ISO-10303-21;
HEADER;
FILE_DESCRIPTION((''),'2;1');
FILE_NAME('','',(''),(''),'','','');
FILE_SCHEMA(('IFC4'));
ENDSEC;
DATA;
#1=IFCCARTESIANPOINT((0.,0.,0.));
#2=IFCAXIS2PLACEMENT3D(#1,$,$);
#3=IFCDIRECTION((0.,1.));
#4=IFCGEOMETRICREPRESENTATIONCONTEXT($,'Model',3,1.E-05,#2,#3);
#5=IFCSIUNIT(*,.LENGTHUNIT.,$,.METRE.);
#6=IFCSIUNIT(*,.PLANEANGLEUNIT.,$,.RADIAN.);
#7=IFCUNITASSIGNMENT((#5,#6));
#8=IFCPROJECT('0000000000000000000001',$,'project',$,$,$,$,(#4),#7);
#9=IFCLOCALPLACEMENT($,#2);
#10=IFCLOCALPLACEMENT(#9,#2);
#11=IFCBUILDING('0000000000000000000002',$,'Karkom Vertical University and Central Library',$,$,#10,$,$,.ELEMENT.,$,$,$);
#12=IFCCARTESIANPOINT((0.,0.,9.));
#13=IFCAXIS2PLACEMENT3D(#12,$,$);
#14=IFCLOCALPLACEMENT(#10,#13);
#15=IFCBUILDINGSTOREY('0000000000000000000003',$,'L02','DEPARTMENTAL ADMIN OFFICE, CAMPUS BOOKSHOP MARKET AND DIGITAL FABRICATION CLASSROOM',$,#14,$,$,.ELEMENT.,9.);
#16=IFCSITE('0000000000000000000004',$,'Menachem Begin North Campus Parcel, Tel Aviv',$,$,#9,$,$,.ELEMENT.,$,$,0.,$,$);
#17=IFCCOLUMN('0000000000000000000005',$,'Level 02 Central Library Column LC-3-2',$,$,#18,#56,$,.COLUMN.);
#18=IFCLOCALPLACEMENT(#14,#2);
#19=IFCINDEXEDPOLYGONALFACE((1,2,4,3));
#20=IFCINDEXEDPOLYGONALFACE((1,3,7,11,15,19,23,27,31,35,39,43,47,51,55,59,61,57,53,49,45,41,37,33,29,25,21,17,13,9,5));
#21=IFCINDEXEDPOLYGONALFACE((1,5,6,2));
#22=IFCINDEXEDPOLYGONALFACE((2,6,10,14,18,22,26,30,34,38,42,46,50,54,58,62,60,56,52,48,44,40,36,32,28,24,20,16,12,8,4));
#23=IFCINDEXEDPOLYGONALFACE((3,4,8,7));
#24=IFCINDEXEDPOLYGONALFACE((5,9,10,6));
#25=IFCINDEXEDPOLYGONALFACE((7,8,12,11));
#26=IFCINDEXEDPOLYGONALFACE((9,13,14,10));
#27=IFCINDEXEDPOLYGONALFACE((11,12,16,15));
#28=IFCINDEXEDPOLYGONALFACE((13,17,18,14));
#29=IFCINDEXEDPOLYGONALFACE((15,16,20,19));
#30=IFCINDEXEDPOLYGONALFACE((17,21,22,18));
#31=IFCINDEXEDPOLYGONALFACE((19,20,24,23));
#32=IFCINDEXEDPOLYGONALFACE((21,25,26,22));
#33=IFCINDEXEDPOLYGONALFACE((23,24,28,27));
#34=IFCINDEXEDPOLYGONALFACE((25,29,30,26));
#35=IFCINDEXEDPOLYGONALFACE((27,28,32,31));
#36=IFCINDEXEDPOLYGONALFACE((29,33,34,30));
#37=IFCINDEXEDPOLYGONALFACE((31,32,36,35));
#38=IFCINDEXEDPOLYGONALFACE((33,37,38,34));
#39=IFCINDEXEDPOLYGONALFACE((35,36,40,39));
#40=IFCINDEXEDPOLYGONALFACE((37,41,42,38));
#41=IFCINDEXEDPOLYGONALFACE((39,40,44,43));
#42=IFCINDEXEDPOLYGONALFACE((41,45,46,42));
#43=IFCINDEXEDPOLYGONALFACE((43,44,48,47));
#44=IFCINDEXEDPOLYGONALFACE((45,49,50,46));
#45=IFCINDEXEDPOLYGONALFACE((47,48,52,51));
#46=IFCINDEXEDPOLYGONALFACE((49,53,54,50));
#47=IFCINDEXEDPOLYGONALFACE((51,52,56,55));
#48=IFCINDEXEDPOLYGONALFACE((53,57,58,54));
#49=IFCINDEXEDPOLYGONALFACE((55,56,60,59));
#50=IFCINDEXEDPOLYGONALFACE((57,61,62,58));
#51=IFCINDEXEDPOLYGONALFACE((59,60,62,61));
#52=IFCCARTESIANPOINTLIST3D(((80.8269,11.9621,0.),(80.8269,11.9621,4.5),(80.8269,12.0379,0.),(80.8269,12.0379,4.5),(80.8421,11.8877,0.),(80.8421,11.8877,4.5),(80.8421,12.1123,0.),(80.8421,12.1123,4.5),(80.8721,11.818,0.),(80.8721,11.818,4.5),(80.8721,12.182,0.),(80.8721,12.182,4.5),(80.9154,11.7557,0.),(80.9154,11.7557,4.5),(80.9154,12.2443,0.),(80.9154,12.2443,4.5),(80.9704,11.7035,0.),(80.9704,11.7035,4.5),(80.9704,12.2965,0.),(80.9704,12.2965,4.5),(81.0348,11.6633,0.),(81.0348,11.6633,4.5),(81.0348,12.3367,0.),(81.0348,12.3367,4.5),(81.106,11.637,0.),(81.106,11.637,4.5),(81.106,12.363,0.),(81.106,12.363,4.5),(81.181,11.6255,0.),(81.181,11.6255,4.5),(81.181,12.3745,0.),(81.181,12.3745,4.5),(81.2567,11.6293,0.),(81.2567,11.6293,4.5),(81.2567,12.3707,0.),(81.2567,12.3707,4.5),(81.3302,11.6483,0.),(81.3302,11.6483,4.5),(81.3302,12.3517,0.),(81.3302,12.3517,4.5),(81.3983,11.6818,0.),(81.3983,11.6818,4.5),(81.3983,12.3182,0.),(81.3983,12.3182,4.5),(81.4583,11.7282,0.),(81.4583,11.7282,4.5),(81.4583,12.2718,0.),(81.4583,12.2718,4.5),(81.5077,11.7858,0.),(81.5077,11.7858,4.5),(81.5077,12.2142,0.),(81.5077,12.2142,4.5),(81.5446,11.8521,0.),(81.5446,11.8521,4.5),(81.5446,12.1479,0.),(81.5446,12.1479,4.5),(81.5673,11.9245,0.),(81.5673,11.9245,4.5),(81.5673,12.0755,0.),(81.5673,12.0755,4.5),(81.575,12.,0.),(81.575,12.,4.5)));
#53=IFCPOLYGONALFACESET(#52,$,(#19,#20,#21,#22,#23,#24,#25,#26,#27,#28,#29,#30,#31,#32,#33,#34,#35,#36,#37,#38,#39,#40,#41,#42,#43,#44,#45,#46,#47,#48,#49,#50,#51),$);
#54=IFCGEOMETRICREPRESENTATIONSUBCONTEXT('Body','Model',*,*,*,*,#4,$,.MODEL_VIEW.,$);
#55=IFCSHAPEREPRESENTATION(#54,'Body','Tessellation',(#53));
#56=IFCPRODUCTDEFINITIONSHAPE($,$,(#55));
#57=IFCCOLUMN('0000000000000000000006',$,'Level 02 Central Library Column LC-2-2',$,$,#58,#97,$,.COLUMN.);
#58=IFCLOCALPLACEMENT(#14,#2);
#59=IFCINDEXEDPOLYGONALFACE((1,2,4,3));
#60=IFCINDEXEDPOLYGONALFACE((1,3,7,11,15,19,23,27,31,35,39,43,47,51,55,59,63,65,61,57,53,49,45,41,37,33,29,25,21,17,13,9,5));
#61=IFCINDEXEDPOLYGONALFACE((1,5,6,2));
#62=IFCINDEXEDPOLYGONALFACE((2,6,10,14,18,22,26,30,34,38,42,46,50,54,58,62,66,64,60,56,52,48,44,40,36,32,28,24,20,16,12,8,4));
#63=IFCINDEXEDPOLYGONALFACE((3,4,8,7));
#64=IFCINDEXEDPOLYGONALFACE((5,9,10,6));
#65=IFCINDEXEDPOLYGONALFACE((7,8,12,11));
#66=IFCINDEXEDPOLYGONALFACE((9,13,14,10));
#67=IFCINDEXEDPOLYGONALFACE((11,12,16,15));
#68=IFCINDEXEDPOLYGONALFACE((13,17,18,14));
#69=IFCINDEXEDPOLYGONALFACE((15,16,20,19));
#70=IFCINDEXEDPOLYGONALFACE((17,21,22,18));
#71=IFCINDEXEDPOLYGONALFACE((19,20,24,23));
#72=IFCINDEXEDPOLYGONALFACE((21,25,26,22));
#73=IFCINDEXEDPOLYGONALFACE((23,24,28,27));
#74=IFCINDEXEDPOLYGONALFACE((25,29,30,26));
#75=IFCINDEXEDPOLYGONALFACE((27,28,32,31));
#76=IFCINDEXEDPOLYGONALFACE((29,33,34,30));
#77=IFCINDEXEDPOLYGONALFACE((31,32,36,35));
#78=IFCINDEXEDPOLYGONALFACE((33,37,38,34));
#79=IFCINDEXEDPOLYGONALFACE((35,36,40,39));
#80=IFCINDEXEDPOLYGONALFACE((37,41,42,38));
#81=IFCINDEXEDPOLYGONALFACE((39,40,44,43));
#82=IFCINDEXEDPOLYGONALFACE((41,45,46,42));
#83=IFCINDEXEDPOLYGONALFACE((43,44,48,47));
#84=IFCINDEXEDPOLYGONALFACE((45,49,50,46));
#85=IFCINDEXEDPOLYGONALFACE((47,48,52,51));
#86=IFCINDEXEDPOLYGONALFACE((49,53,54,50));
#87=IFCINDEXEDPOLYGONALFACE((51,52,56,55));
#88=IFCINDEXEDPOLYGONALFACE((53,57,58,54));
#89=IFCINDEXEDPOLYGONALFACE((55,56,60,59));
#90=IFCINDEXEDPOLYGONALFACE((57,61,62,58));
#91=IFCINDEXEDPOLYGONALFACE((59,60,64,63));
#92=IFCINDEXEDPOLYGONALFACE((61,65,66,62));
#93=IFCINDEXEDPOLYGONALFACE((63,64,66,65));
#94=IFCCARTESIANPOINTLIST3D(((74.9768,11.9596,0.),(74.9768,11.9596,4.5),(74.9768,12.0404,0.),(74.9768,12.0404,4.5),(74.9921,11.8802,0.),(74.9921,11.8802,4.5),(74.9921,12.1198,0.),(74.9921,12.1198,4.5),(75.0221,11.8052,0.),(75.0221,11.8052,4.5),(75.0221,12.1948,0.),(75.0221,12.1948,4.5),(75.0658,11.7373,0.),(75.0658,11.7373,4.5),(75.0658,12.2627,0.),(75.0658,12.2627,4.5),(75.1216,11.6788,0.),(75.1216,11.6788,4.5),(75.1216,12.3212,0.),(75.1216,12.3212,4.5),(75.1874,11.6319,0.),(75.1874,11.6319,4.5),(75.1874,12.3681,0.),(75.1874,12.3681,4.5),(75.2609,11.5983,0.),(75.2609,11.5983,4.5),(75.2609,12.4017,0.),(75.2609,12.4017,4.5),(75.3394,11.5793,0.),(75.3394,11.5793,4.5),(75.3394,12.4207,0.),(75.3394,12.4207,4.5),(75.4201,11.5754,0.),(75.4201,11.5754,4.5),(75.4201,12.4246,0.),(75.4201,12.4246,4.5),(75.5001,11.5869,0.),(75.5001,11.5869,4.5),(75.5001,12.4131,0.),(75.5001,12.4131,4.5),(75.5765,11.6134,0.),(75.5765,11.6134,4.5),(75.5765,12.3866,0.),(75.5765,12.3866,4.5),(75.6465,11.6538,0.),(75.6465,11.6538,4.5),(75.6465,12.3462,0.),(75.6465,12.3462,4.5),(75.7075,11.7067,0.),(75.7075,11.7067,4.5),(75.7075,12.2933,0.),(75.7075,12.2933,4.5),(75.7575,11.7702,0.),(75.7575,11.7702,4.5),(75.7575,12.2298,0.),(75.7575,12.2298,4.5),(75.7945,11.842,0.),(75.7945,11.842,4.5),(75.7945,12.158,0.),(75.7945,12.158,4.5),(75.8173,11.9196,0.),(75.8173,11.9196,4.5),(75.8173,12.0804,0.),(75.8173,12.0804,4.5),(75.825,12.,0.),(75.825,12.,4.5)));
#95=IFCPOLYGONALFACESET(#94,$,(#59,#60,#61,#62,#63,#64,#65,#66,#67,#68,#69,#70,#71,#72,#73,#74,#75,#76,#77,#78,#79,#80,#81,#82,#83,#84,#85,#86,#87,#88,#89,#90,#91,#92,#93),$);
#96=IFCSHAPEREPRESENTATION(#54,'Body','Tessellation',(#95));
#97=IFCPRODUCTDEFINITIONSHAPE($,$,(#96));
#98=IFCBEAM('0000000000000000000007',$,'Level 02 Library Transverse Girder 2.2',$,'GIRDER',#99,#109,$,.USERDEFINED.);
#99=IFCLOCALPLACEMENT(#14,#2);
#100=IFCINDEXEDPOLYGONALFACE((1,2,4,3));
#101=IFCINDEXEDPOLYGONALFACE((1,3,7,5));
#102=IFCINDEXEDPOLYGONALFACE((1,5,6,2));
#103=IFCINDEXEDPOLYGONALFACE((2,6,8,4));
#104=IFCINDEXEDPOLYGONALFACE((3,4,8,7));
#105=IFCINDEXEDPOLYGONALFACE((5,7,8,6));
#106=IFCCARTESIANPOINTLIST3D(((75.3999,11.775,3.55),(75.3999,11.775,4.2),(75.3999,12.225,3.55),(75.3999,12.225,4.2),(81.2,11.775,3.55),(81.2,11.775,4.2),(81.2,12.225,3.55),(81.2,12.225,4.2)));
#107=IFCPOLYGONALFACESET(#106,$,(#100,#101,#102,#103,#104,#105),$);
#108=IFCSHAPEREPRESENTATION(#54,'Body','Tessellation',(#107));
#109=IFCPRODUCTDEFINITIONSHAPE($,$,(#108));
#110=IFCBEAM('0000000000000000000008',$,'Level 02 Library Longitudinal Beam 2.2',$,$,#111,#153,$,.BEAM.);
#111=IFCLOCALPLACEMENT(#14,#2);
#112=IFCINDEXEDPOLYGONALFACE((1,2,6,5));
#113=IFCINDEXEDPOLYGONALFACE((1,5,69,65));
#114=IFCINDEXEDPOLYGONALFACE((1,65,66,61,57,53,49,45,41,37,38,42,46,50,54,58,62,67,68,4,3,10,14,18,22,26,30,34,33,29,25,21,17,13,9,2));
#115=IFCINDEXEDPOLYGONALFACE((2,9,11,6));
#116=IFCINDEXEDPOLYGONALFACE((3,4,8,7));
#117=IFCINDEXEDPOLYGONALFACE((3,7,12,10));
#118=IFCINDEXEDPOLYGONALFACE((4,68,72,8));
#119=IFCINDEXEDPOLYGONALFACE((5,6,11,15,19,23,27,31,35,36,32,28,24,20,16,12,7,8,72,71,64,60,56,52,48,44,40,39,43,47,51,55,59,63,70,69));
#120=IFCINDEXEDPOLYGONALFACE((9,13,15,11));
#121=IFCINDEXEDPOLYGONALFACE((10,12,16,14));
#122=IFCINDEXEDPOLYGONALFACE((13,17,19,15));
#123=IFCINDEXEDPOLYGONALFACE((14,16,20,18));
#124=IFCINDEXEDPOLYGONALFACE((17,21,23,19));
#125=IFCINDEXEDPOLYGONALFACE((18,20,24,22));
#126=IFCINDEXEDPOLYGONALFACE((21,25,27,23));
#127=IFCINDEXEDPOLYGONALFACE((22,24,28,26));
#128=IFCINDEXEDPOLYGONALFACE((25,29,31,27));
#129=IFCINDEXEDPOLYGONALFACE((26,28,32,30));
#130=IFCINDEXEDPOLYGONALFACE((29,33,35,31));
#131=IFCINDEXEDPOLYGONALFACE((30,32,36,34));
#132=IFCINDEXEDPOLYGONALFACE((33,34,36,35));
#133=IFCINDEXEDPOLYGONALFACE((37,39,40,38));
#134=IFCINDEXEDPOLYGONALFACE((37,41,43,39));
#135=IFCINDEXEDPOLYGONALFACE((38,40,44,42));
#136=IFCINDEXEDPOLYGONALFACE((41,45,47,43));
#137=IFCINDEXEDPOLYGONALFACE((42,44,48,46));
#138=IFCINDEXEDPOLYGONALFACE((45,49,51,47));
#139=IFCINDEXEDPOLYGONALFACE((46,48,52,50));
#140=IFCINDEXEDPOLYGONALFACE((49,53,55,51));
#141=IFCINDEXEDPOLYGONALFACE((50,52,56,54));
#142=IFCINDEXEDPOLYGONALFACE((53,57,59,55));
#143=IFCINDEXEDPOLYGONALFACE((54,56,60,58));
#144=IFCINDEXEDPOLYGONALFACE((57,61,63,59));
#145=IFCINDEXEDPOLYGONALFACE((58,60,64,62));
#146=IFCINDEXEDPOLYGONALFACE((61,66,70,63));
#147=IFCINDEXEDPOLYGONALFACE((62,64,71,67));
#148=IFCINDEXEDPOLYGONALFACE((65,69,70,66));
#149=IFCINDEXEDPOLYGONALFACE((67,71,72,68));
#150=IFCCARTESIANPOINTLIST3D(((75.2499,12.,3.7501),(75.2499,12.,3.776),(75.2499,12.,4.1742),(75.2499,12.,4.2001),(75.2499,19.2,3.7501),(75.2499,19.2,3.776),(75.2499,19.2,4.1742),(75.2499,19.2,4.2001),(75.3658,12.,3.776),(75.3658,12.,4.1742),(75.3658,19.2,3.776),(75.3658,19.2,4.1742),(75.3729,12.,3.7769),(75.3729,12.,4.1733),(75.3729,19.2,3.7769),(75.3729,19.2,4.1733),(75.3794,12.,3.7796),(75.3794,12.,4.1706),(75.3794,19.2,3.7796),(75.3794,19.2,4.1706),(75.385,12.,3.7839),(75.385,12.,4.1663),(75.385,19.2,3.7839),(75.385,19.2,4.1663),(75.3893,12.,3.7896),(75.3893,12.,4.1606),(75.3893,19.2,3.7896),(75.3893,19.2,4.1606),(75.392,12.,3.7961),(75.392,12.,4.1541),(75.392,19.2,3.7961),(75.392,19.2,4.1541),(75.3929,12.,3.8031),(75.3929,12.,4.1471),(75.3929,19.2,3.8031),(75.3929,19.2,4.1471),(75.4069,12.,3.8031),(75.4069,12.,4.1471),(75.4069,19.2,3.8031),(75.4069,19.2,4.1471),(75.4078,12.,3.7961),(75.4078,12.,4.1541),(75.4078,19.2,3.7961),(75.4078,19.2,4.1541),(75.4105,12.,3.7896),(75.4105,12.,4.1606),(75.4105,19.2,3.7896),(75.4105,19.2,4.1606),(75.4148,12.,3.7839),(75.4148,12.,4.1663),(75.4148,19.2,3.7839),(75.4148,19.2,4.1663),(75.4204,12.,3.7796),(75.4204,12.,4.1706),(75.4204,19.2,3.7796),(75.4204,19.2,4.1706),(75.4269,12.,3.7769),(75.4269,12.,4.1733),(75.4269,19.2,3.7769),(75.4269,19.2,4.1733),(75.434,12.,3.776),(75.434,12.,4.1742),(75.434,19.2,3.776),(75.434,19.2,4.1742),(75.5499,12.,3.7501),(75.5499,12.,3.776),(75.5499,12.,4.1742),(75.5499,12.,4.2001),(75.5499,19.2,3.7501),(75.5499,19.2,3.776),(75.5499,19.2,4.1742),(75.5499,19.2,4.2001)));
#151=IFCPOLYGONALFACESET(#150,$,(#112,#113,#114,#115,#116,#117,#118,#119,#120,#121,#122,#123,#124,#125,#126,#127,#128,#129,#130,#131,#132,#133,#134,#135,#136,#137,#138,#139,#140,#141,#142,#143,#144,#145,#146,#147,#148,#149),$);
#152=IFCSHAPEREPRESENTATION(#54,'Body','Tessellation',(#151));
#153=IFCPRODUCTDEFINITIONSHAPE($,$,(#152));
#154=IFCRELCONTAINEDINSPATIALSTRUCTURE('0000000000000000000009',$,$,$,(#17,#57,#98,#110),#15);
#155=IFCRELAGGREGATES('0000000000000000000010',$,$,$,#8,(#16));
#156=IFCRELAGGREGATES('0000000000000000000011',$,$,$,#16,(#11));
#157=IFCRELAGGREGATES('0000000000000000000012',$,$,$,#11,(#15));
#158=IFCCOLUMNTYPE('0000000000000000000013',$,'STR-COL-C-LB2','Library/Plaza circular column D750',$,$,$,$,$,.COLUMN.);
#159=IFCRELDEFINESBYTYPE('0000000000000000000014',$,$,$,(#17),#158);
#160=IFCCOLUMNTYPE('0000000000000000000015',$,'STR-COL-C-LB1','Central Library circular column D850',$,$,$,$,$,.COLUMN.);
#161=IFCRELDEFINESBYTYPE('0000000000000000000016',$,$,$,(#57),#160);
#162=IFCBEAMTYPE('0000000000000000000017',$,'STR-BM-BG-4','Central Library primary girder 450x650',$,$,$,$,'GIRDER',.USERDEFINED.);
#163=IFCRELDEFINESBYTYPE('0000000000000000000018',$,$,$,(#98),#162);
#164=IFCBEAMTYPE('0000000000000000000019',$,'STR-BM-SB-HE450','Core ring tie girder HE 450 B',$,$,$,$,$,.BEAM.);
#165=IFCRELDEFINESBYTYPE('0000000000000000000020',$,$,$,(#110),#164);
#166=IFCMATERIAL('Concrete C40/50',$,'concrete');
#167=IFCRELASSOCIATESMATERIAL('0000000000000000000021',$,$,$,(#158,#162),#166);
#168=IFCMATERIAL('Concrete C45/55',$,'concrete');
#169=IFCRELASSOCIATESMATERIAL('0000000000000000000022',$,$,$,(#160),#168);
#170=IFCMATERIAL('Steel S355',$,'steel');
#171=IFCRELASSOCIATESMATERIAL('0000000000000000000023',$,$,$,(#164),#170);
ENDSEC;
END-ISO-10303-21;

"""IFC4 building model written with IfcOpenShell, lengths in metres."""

from ifc_helpers import new_model, si_unit, direction, frame, origin, origin_with_axes, origin_2d, place, context, subcontext, project, spatial, rectangle, circle, i_section, extrude, source, transform, mapped, material, material_profile, profile_set, type_object, element, save


model = new_model("IFC4")

# Units and contexts
model_context = context("Model", 3, precision=1e-05, world=origin(), true_north=direction((0.0, 1.0)))
body_context = subcontext(model_context, "Body", "Model", "MODEL_VIEW")
ifc_project = project(units=[si_unit("LENGTHUNIT", "METRE"), si_unit("PLANEANGLEUNIT", "RADIAN")], contexts=[model_context])

# Site, building, storey
site_placement = place(None, origin())
site = spatial("IfcSite", under=ifc_project, at=site_placement, Name="Menachem Begin North Campus Parcel, Tel Aviv", CompositionType="ELEMENT", RefElevation=0.0)
building_placement = place(site_placement, origin())
building = spatial("IfcBuilding", under=site, at=building_placement, Name="Karkom Vertical University and Central Library", CompositionType="ELEMENT")
storey_placement = place(building_placement, frame((0.0, 0.0, 9.0)))
storey = spatial("IfcBuildingStorey", under=building, at=storey_placement, Name="L02", Description="DEPARTMENTAL ADMIN OFFICE, CAMPUS BOOKSHOP MARKET AND DIGITAL FABRICATION CLASSROOM", CompositionType="ELEMENT", Elevation=9.0)

# Columns
ifc_material_1 = material(Name="Concrete C40/50", Category="concrete")
ifc_material_profile_1 = material_profile(ifc_material_1, circle(Radius=0.375, at=origin_2d()), Name="RC-D750")
ifc_profile_set_1 = profile_set([ifc_material_profile_1], Name="Concrete C40/50")
column_type_1 = type_object("IfcColumnType", Name="STR-COL-C-LB2", Description="Library/Plaza circular column D750", PredefinedType="COLUMN", material=ifc_profile_set_1)
shared_shape_1 = source(origin_with_axes(), body_context, "Body", "SweptSolid", [
    extrude(circle(Radius=0.375, at=origin_2d()), origin(), (0.0, 0.0, 1.0), 4.5),
])
column_1_placement = place(storey_placement, frame((81.2, 12.0, 0.0), z_axis=(0.0, 0.0, 1.0), x_axis=(1.0, 0.0, 0.0)))
element("IfcColumn", 1, at=column_1_placement, inside=storey, type_object=column_type_1, Name="Level 02 Central Library Column LC-3-2", PredefinedType="COLUMN", context=body_context, shape_type="MappedRepresentation", body=[
    mapped(shared_shape_1, transform((0.0, 0.0, 0.0), scale=1.0)),
])
ifc_material_2 = material(Name="Concrete C45/55", Category="concrete")
ifc_material_profile_2 = material_profile(ifc_material_2, circle(Radius=0.425, at=origin_2d()), Name="RC-D850")
ifc_profile_set_2 = profile_set([ifc_material_profile_2], Name="Concrete C45/55")
column_type_2 = type_object("IfcColumnType", Name="STR-COL-C-LB1", Description="Central Library circular column D850", PredefinedType="COLUMN", material=ifc_profile_set_2)
shared_shape_2 = source(origin_with_axes(), body_context, "Body", "SweptSolid", [
    extrude(circle(Radius=0.425, at=origin_2d()), origin(), (0.0, 0.0, 1.0), 4.5),
])
column_2_placement = place(storey_placement, frame((75.3999, 12.0, 0.0), z_axis=(0.0, 0.0, 1.0), x_axis=(1.0, 0.0, 0.0)))
element("IfcColumn", 2, at=column_2_placement, inside=storey, type_object=column_type_2, Name="Level 02 Central Library Column LC-2-2", PredefinedType="COLUMN", context=body_context, shape_type="MappedRepresentation", body=[
    mapped(shared_shape_2, transform((0.0, 0.0, 0.0), scale=1.0)),
])

# Beams
ifc_material_profile_3 = material_profile(ifc_material_1, rectangle(XDim=0.45, YDim=0.6499, at=origin_2d()), Name="RCB-450x650")
ifc_profile_set_3 = profile_set([ifc_material_profile_3], Name="Concrete C40/50")
beam_type_1 = type_object("IfcBeamType", Name="STR-BM-BG-4", Description="Central Library primary girder 450x650", ElementType="GIRDER", PredefinedType="USERDEFINED", material=ifc_profile_set_3)
shared_shape_3 = source(origin_with_axes(), body_context, "Body", "SweptSolid", [
    extrude(rectangle(XDim=0.45, YDim=0.6499, at=origin_2d()), origin(), (0.0, 0.0, 1.0), 5.8),
])
beam_placement = place(storey_placement, frame((75.3999, 12.0, 3.875), z_axis=(1.0, 0.0, 0.0), x_axis=(0.0, 1.0, 0.0)))
element("IfcBeam", 3, at=beam_placement, inside=storey, type_object=beam_type_1, Name="Level 02 Library Transverse Girder 2.2", ObjectType="GIRDER", PredefinedType="USERDEFINED", context=body_context, shape_type="MappedRepresentation", body=[
    mapped(shared_shape_3, transform((0.0, 0.0, 0.0), scale=1.0)),
])
ifc_material_3 = material(Name="Steel S355", Category="steel")
ifc_material_profile_4 = material_profile(ifc_material_3, i_section(OverallWidth=0.3, OverallDepth=0.45, WebThickness=0.0139, FlangeThickness=0.0259, FilletRadius=0.0271, at=origin_2d()), Name="HE 450 B")
ifc_profile_set_4 = profile_set([ifc_material_profile_4], Name="Steel S355")
beam_type_2 = type_object("IfcBeamType", Name="STR-BM-SB-HE450", Description="Core ring tie girder HE 450 B", PredefinedType="BEAM", material=ifc_profile_set_4)
shared_shape_4 = source(origin_with_axes(), body_context, "Body", "SweptSolid", [
    extrude(i_section(OverallWidth=0.3, OverallDepth=0.45, WebThickness=0.0139, FlangeThickness=0.0259, FilletRadius=0.0271, at=origin_2d()), origin(), (0.0, 0.0, 1.0), 7.2),
])
for number, where, z_axis, x_axis, name in (
    (4, (75.3999, 12.0, 3.9751), (0.0, 1.0, 0.0), (-1.0, 0.0, 0.0), "Level 02 Library Longitudinal Beam 2.2"),
):
    element("IfcBeam", number, at=place(storey_placement, frame(where, z_axis=z_axis, x_axis=x_axis)), inside=storey, type_object=beam_type_2, Name=name, PredefinedType="BEAM", context=body_context, shape_type="MappedRepresentation", body=[
        mapped(shared_shape_4, transform((0.0, 0.0, 0.0), scale=1.0)),
    ])

save(model, "model.ifc")
